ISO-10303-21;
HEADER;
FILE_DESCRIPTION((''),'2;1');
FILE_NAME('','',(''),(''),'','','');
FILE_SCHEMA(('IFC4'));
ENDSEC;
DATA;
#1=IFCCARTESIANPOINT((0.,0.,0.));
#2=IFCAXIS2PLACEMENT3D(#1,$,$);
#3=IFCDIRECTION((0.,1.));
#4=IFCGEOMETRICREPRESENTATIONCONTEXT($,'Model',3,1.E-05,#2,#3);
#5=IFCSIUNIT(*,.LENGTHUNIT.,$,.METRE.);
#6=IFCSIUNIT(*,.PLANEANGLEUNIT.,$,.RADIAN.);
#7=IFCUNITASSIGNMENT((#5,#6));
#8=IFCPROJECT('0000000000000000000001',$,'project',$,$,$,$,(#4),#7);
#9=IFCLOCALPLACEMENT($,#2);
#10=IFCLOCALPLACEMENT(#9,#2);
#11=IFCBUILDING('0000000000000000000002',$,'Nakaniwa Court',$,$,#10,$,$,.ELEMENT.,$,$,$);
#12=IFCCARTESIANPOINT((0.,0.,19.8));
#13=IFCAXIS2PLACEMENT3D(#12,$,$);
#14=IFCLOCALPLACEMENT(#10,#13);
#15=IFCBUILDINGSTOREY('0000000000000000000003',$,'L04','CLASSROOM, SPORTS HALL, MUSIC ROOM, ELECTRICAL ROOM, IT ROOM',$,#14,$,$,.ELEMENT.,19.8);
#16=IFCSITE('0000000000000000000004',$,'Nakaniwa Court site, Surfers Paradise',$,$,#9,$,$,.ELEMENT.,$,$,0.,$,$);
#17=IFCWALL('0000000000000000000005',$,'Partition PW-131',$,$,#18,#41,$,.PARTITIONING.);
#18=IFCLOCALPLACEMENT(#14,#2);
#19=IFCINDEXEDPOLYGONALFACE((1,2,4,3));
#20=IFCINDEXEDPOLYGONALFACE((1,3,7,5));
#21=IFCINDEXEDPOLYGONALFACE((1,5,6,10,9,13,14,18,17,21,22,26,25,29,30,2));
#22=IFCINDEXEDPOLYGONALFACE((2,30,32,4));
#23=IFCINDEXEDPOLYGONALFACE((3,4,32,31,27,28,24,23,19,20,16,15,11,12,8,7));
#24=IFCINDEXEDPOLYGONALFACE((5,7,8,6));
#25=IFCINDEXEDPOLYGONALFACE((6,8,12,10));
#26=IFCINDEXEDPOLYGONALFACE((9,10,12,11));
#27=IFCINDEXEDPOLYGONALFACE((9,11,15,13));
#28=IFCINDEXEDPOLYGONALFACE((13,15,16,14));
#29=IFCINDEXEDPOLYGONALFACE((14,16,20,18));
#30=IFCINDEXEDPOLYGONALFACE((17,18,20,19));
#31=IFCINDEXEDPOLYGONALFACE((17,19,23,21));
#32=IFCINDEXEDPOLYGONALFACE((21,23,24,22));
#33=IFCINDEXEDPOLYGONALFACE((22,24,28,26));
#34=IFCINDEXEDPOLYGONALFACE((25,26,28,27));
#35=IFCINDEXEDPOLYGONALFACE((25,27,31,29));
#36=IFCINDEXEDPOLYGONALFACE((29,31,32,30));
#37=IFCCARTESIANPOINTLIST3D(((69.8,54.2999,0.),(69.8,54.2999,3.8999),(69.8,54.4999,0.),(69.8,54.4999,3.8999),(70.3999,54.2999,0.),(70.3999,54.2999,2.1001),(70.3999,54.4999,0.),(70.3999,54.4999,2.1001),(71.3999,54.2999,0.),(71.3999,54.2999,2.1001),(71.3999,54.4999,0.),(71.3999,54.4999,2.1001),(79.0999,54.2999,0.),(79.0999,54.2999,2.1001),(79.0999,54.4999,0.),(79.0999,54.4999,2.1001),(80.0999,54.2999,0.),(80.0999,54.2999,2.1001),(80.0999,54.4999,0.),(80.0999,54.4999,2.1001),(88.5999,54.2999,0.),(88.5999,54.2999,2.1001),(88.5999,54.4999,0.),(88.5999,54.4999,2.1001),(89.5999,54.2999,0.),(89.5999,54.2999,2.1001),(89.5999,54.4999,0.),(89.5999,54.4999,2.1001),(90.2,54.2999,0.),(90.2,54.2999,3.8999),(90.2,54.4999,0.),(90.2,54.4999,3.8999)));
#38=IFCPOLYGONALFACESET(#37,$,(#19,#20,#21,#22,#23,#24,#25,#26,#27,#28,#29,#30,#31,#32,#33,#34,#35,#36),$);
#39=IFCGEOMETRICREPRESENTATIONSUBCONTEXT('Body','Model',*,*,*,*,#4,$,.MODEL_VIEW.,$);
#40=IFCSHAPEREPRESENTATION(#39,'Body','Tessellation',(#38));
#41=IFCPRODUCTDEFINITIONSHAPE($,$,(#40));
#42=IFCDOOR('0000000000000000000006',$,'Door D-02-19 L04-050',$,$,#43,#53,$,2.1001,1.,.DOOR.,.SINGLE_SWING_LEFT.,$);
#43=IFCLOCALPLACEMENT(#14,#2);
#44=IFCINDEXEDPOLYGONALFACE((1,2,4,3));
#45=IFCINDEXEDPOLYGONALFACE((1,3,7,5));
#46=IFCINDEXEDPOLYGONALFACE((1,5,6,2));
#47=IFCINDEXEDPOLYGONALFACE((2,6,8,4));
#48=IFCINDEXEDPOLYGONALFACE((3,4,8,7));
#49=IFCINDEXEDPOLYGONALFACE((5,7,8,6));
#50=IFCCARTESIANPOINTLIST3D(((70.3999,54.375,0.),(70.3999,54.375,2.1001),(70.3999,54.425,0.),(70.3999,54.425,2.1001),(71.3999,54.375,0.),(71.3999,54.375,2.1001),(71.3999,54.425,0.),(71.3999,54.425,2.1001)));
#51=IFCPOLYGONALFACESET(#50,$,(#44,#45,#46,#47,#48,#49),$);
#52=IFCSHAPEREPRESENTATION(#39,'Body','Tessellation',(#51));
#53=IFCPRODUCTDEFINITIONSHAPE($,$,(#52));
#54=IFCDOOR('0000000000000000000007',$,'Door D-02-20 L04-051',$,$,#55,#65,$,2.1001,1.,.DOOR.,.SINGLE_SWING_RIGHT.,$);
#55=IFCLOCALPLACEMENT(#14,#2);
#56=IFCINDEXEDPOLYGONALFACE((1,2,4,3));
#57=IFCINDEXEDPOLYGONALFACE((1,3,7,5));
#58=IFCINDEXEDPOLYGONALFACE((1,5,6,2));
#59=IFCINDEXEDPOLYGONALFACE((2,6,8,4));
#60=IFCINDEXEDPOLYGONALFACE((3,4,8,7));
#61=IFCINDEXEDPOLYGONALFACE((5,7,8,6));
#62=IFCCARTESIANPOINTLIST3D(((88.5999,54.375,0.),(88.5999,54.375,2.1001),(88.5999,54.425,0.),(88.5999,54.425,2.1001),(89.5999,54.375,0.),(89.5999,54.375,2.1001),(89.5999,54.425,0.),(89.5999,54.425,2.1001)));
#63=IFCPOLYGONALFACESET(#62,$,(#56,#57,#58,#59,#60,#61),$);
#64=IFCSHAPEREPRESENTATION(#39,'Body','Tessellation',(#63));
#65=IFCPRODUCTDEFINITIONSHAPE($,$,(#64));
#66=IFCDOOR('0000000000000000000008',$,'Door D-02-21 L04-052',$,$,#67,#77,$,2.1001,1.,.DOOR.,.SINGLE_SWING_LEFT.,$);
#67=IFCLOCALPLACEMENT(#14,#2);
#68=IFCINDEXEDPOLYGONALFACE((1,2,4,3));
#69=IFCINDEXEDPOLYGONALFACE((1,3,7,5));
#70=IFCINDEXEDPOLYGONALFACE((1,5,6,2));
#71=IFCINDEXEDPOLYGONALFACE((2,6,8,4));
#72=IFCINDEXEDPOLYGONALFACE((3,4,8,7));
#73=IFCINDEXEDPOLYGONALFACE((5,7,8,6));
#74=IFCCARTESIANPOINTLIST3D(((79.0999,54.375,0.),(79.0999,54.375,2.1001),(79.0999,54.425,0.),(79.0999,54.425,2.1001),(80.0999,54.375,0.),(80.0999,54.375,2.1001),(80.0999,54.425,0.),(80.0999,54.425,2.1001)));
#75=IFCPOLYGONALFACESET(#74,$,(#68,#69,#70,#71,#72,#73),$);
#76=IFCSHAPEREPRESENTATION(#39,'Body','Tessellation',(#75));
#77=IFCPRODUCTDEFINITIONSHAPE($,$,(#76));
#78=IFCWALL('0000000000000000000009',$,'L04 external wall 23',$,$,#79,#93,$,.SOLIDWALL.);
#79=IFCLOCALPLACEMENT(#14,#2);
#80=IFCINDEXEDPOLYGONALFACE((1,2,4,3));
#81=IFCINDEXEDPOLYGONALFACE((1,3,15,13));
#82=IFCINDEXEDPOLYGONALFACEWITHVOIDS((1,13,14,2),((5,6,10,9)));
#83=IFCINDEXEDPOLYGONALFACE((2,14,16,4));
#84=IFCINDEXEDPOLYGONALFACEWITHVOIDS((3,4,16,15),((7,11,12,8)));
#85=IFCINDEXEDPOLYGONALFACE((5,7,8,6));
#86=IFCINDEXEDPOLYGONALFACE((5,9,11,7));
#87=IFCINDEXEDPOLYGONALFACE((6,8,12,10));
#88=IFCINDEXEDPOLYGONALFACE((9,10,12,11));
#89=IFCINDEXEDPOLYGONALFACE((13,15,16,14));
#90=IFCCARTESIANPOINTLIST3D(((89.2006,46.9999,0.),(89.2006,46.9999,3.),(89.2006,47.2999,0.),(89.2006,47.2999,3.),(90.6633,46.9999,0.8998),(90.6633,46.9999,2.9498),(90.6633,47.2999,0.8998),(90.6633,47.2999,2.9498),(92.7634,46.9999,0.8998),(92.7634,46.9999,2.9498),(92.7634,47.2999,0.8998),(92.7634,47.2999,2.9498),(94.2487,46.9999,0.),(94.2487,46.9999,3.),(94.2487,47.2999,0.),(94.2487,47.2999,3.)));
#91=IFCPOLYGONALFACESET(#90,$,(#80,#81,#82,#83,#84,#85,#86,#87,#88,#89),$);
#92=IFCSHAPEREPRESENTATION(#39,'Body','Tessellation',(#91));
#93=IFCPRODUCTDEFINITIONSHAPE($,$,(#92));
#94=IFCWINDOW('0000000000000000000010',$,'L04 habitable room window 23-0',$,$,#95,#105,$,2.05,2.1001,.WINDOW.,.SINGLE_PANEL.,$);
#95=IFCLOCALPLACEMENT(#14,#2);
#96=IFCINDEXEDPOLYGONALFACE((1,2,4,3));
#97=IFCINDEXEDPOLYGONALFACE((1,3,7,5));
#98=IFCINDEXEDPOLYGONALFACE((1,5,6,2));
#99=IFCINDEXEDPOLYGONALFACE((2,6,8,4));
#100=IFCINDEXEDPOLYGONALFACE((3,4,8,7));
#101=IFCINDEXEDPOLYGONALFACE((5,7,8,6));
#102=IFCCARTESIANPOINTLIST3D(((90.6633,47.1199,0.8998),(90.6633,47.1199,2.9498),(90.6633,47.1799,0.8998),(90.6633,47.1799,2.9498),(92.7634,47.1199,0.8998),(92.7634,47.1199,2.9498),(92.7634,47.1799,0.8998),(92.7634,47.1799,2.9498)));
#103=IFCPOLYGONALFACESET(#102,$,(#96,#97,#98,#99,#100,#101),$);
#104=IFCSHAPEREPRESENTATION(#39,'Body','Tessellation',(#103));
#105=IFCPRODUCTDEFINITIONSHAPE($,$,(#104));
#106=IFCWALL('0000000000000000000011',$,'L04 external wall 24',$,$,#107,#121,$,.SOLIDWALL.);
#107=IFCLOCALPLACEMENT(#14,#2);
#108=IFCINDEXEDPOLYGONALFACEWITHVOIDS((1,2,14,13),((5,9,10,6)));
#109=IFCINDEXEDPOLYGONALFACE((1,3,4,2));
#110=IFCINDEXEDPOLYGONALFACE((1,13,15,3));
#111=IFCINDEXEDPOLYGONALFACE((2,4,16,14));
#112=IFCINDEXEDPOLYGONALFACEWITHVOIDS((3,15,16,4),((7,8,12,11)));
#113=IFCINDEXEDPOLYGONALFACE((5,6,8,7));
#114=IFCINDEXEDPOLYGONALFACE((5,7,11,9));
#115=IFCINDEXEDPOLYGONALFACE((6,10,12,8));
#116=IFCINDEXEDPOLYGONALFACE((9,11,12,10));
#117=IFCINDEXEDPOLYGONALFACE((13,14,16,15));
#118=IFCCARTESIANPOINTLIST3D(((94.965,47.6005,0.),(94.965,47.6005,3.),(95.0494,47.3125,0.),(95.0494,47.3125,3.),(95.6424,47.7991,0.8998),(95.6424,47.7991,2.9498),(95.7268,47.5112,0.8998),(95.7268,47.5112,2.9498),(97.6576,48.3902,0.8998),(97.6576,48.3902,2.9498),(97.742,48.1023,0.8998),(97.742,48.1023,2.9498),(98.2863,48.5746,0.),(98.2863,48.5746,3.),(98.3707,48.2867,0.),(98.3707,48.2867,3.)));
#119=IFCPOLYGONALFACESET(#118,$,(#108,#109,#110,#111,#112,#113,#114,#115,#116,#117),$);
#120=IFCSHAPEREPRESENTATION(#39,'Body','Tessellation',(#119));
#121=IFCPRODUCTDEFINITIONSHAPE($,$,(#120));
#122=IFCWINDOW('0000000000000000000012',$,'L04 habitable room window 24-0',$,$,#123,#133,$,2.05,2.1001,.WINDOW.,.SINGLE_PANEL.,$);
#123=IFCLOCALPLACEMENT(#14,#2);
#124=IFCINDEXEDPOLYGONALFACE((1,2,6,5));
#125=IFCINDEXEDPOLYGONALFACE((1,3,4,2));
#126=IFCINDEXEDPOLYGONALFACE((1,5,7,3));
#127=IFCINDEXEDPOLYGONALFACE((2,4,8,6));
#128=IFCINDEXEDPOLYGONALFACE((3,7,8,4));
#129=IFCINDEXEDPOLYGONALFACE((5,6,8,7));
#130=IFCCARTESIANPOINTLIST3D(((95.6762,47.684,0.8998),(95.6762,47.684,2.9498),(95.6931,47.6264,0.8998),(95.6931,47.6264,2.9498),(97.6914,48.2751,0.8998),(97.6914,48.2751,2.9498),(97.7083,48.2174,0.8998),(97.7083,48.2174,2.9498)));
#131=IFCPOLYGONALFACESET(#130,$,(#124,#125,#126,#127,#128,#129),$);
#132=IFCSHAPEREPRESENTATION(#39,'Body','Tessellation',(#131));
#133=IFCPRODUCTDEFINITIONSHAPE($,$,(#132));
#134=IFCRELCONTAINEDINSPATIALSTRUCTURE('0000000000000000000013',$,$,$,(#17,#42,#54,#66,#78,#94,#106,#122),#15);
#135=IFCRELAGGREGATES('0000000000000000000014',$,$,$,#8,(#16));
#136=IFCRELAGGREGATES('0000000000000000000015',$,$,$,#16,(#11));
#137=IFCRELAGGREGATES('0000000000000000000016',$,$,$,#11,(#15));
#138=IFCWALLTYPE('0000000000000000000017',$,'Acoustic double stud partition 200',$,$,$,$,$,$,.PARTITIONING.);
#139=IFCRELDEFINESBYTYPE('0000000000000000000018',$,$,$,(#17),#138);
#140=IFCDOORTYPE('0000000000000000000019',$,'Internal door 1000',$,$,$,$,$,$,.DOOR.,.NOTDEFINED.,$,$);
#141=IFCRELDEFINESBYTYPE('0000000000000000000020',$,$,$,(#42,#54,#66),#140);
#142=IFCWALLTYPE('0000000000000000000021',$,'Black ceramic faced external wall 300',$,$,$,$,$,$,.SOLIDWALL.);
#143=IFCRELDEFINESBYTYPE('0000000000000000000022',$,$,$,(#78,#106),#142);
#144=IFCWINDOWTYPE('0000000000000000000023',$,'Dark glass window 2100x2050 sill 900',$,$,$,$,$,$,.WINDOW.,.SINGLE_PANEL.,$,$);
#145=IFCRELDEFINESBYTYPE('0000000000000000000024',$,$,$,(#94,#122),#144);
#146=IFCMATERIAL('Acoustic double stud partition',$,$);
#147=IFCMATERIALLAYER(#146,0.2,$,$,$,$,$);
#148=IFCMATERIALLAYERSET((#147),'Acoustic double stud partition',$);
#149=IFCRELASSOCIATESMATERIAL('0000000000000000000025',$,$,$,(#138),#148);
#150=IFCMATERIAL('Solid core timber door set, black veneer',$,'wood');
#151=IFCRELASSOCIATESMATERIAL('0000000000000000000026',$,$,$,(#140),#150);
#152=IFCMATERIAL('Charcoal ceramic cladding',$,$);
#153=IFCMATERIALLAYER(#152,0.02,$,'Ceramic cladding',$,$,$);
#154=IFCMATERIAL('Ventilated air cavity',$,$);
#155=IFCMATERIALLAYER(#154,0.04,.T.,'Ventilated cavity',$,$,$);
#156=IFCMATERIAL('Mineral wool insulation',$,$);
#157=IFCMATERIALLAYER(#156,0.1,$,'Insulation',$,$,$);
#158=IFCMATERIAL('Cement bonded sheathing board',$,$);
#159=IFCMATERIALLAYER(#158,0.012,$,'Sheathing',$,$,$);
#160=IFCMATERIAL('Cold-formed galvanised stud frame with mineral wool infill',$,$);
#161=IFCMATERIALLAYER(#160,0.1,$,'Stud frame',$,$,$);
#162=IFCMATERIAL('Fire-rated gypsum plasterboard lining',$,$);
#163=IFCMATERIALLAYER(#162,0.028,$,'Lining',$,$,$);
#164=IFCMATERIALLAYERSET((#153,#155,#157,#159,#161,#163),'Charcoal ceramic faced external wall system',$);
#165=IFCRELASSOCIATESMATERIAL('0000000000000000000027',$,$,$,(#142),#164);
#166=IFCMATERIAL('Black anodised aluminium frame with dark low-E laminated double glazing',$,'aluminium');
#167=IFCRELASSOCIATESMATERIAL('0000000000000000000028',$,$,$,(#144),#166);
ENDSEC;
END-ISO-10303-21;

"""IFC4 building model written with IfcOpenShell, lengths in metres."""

from ifc_helpers import new_model, si_unit, direction, frame, frame_2d, origin, place, context, subcontext, project, spatial, rectangle, extrude, material, layer, layer_set, type_object, element, fill, save


model = new_model("IFC4")

# Units and contexts
model_context = context("Model", 3, precision=1e-05, world=origin(), true_north=direction((0.0, 1.0)))
body_context = subcontext(model_context, "Body", "Model", "MODEL_VIEW")
ifc_project = project(units=[si_unit("LENGTHUNIT", "METRE"), si_unit("PLANEANGLEUNIT", "RADIAN")], contexts=[model_context])

# Site, building, storey
site_placement = place(None, origin())
site = spatial("IfcSite", under=ifc_project, at=site_placement, Name="Nakaniwa Court site, Surfers Paradise", CompositionType="ELEMENT", RefElevation=0.0)
building_placement = place(site_placement, origin())
building = spatial("IfcBuilding", under=site, at=building_placement, Name="Nakaniwa Court", CompositionType="ELEMENT")
storey_placement = place(building_placement, frame((0.0, 0.0, 19.8)))
storey = spatial("IfcBuildingStorey", under=building, at=storey_placement, Name="L04", Description="CLASSROOM, SPORTS HALL, MUSIC ROOM, ELECTRICAL ROOM, IT ROOM", CompositionType="ELEMENT", Elevation=19.8)

# Shared definitions
ifc_material_1 = material(Name="Acoustic double stud partition")
ifc_layer_1 = layer(ifc_material_1, 0.2)
ifc_layer_set_1 = layer_set([ifc_layer_1], Name="Acoustic double stud partition")
wall_type_1 = type_object("IfcWallType", Name="Acoustic double stud partition 200", PredefinedType="PARTITIONING", material=ifc_layer_set_1)

# Wall, openings, doors
wall_1_placement = place(storey_placement, frame((90.2, 54.3999, 0.0), z_axis=(0.0, 0.0, 1.0), x_axis=(-1.0, 0.0, 0.0)))
wall_1 = element("IfcWall", 1, at=wall_1_placement, inside=storey, type_object=wall_type_1, Name="Partition PW-131", PredefinedType="PARTITIONING", context=body_context, shape_type="SweptSolid", body=[
    extrude(rectangle(XDim=20.3999, YDim=0.2, at=frame_2d((10.2, 0.0))), origin(), (0.0, 0.0, 1.0), 3.8999),
])
opening_1_placement = place(wall_1_placement, frame((18.8, 0.0, 0.0)))
opening_1 = element("IfcOpeningElement", 2, at=opening_1_placement, cuts=wall_1, PredefinedType="OPENING", context=body_context, shape_type="SweptSolid", body=[
    extrude(rectangle(XDim=1.0, YDim=2.1001, at=frame_2d((0.5, 1.05))), frame((0.0, 0.1099, 0.0), z_axis=(0.0, -1.0, 0.0), x_axis=(1.0, 0.0, 0.0)), (0.0, 0.0, 1.0), 0.22),
])
opening_2_placement = place(wall_1_placement, frame((0.6001, 0.0, 0.0)))
opening_2 = element("IfcOpeningElement", 3, at=opening_2_placement, cuts=wall_1, PredefinedType="OPENING", context=body_context, shape_type="SweptSolid", body=[
    extrude(rectangle(XDim=1.0, YDim=2.1001, at=frame_2d((0.5, 1.05))), frame((0.0, 0.1099, 0.0), z_axis=(0.0, -1.0, 0.0), x_axis=(1.0, 0.0, 0.0)), (0.0, 0.0, 1.0), 0.22),
])
opening_3_placement = place(wall_1_placement, frame((10.1001, 0.0, 0.0)))
opening_3 = element("IfcOpeningElement", 4, at=opening_3_placement, cuts=wall_1, PredefinedType="OPENING", context=body_context, shape_type="SweptSolid", body=[
    extrude(rectangle(XDim=1.0, YDim=2.1001, at=frame_2d((0.5, 1.05))), frame((0.0, 0.1099, 0.0), z_axis=(0.0, -1.0, 0.0), x_axis=(1.0, 0.0, 0.0)), (0.0, 0.0, 1.0), 0.22),
])
ifc_material_2 = material(Name="Solid core timber door set, black veneer", Category="wood")
door_type_1 = type_object("IfcDoorType", Name="Internal door 1000", OperationType="NOTDEFINED", PredefinedType="DOOR", material=ifc_material_2)
door_1_placement = place(opening_1_placement, origin())
door_1 = element("IfcDoor", 5, at=door_1_placement, inside=storey, type_object=door_type_1, Name="Door D-02-19 L04-050", OperationType="SINGLE_SWING_LEFT", OverallHeight=2.1001, OverallWidth=1.0, PredefinedType="DOOR", context=body_context, shape_type="SweptSolid", body=[
    extrude(rectangle(XDim=1.0, YDim=2.1001, at=frame_2d((0.5, 1.05))), frame((0.0, 0.0249, 0.0), z_axis=(0.0, -1.0, 0.0), x_axis=(1.0, 0.0, 0.0)), (0.0, 0.0, 1.0), 0.05),
])
fill(opening_1, door_1)
door_2_placement = place(opening_2_placement, origin())
door_2 = element("IfcDoor", 6, at=door_2_placement, inside=storey, type_object=door_type_1, Name="Door D-02-20 L04-051", OperationType="SINGLE_SWING_RIGHT", OverallHeight=2.1001, OverallWidth=1.0, PredefinedType="DOOR", context=body_context, shape_type="SweptSolid", body=[
    extrude(rectangle(XDim=1.0, YDim=2.1001, at=frame_2d((0.5, 1.05))), frame((0.0, 0.0249, 0.0), z_axis=(0.0, -1.0, 0.0), x_axis=(1.0, 0.0, 0.0)), (0.0, 0.0, 1.0), 0.05),
])
fill(opening_2, door_2)
door_3_placement = place(opening_3_placement, origin())
door_3 = element("IfcDoor", 7, at=door_3_placement, inside=storey, type_object=door_type_1, Name="Door D-02-21 L04-052", OperationType="SINGLE_SWING_LEFT", OverallHeight=2.1001, OverallWidth=1.0, PredefinedType="DOOR", context=body_context, shape_type="SweptSolid", body=[
    extrude(rectangle(XDim=1.0, YDim=2.1001, at=frame_2d((0.5, 1.05))), frame((0.0, 0.0249, 0.0), z_axis=(0.0, -1.0, 0.0), x_axis=(1.0, 0.0, 0.0)), (0.0, 0.0, 1.0), 0.05),
])
fill(opening_3, door_3)

# Walls, openings, windows
ifc_material_3 = material(Name="Charcoal ceramic cladding")
ifc_layer_2 = layer(ifc_material_3, 0.02, Name="Ceramic cladding")
ifc_material_4 = material(Name="Ventilated air cavity")
ifc_layer_3 = layer(ifc_material_4, 0.04, ventilated=True, Name="Ventilated cavity")
ifc_material_5 = material(Name="Mineral wool insulation")
ifc_layer_4 = layer(ifc_material_5, 0.1, Name="Insulation")
ifc_material_6 = material(Name="Cement bonded sheathing board")
ifc_layer_5 = layer(ifc_material_6, 0.012, Name="Sheathing")
ifc_material_7 = material(Name="Cold-formed galvanised stud frame with mineral wool infill")
ifc_layer_6 = layer(ifc_material_7, 0.1, Name="Stud frame")
ifc_material_8 = material(Name="Fire-rated gypsum plasterboard lining")
ifc_layer_7 = layer(ifc_material_8, 0.028, Name="Lining")
ifc_layer_set_2 = layer_set([ifc_layer_2, ifc_layer_3, ifc_layer_4, ifc_layer_5, ifc_layer_6, ifc_layer_7], Name="Charcoal ceramic faced external wall system")
wall_type_2 = type_object("IfcWallType", Name="Black ceramic faced external wall 300", PredefinedType="SOLIDWALL", material=ifc_layer_set_2)
wall_2_placement = place(storey_placement, frame((89.2007, 47.1499, 0.0), z_axis=(0.0, 0.0, 1.0), x_axis=(1.0, 0.0, 0.0)))
wall_2 = element("IfcWall", 8, at=wall_2_placement, inside=storey, type_object=wall_type_2, Name="L04 external wall 23", PredefinedType="SOLIDWALL", context=body_context, shape_type="SweptSolid", body=[
    extrude(rectangle(XDim=5.0481, YDim=0.3, at=frame_2d((2.5239, 0.0))), origin(), (0.0, 0.0, 1.0), 3.0),
])
opening_4_placement = place(wall_2_placement, frame((1.4626, 0.0, 0.8999)))
opening_4 = element("IfcOpeningElement", 9, at=opening_4_placement, cuts=wall_2, PredefinedType="OPENING", context=body_context, shape_type="SweptSolid", body=[
    extrude(rectangle(XDim=2.1001, YDim=2.05, at=frame_2d((1.05, 1.0249))), frame((0.0, 0.1599, 0.0), z_axis=(0.0, -1.0, 0.0), x_axis=(1.0, 0.0, 0.0)), (0.0, 0.0, 1.0), 0.3201),
])
ifc_material_9 = material(Name="Black anodised aluminium frame with dark low-E laminated double glazing", Category="aluminium")
window_type = type_object("IfcWindowType", Name="Dark glass window 2100x2050 sill 900", PartitioningType="SINGLE_PANEL", PredefinedType="WINDOW", material=ifc_material_9)
window_1_placement = place(opening_4_placement, origin())
window_1 = element("IfcWindow", 10, at=window_1_placement, inside=storey, type_object=window_type, Name="L04 habitable room window 23-0", OverallHeight=2.05, OverallWidth=2.1001, PartitioningType="SINGLE_PANEL", PredefinedType="WINDOW", context=body_context, shape_type="SweptSolid", body=[
    extrude(rectangle(XDim=2.1001, YDim=2.05, at=frame_2d((1.05, 1.0249))), frame((0.0, 0.03, 0.0), z_axis=(0.0, -1.0, 0.0), x_axis=(1.0, 0.0, 0.0)), (0.0, 0.0, 1.0), 0.0601),
])
fill(opening_4, window_1)
wall_3_placement = place(storey_placement, frame((95.0073, 47.4565, 0.0), z_axis=(0.0, 0.0, 1.0), x_axis=(0.959579, 0.281441, 0.0)))
wall_3 = element("IfcWall", 11, at=wall_3_placement, inside=storey, type_object=wall_type_2, Name="L04 external wall 24", PredefinedType="SOLIDWALL", context=body_context, shape_type="SweptSolid", body=[
    extrude(rectangle(XDim=3.4612, YDim=0.3, at=frame_2d((1.7305, 0.0))), origin(), (0.0, 0.0, 1.0), 3.0),
])
opening_5_placement = place(wall_3_placement, frame((0.7058, 0.0, 0.8999)))
opening_5 = element("IfcOpeningElement", 12, at=opening_5_placement, cuts=wall_3, PredefinedType="OPENING", context=body_context, shape_type="SweptSolid", body=[
    extrude(rectangle(XDim=2.1001, YDim=2.05, at=frame_2d((1.05, 1.0249))), frame((0.0, 0.1599, 0.0), z_axis=(0.0, -1.0, 0.0), x_axis=(1.0, 0.0, 0.0)), (0.0, 0.0, 1.0), 0.3201),
])
window_2_placement = place(opening_5_placement, origin())
window_2 = element("IfcWindow", 13, at=window_2_placement, inside=storey, type_object=window_type, Name="L04 habitable room window 24-0", OverallHeight=2.05, OverallWidth=2.1001, PartitioningType="SINGLE_PANEL", PredefinedType="WINDOW", context=body_context, shape_type="SweptSolid", body=[
    extrude(rectangle(XDim=2.1001, YDim=2.05, at=frame_2d((1.05, 1.0249))), frame((0.0, 0.03, 0.0), z_axis=(0.0, -1.0, 0.0), x_axis=(1.0, 0.0, 0.0)), (0.0, 0.0, 1.0), 0.0601),
])
fill(opening_5, window_2)

save(model, "model.ifc")
